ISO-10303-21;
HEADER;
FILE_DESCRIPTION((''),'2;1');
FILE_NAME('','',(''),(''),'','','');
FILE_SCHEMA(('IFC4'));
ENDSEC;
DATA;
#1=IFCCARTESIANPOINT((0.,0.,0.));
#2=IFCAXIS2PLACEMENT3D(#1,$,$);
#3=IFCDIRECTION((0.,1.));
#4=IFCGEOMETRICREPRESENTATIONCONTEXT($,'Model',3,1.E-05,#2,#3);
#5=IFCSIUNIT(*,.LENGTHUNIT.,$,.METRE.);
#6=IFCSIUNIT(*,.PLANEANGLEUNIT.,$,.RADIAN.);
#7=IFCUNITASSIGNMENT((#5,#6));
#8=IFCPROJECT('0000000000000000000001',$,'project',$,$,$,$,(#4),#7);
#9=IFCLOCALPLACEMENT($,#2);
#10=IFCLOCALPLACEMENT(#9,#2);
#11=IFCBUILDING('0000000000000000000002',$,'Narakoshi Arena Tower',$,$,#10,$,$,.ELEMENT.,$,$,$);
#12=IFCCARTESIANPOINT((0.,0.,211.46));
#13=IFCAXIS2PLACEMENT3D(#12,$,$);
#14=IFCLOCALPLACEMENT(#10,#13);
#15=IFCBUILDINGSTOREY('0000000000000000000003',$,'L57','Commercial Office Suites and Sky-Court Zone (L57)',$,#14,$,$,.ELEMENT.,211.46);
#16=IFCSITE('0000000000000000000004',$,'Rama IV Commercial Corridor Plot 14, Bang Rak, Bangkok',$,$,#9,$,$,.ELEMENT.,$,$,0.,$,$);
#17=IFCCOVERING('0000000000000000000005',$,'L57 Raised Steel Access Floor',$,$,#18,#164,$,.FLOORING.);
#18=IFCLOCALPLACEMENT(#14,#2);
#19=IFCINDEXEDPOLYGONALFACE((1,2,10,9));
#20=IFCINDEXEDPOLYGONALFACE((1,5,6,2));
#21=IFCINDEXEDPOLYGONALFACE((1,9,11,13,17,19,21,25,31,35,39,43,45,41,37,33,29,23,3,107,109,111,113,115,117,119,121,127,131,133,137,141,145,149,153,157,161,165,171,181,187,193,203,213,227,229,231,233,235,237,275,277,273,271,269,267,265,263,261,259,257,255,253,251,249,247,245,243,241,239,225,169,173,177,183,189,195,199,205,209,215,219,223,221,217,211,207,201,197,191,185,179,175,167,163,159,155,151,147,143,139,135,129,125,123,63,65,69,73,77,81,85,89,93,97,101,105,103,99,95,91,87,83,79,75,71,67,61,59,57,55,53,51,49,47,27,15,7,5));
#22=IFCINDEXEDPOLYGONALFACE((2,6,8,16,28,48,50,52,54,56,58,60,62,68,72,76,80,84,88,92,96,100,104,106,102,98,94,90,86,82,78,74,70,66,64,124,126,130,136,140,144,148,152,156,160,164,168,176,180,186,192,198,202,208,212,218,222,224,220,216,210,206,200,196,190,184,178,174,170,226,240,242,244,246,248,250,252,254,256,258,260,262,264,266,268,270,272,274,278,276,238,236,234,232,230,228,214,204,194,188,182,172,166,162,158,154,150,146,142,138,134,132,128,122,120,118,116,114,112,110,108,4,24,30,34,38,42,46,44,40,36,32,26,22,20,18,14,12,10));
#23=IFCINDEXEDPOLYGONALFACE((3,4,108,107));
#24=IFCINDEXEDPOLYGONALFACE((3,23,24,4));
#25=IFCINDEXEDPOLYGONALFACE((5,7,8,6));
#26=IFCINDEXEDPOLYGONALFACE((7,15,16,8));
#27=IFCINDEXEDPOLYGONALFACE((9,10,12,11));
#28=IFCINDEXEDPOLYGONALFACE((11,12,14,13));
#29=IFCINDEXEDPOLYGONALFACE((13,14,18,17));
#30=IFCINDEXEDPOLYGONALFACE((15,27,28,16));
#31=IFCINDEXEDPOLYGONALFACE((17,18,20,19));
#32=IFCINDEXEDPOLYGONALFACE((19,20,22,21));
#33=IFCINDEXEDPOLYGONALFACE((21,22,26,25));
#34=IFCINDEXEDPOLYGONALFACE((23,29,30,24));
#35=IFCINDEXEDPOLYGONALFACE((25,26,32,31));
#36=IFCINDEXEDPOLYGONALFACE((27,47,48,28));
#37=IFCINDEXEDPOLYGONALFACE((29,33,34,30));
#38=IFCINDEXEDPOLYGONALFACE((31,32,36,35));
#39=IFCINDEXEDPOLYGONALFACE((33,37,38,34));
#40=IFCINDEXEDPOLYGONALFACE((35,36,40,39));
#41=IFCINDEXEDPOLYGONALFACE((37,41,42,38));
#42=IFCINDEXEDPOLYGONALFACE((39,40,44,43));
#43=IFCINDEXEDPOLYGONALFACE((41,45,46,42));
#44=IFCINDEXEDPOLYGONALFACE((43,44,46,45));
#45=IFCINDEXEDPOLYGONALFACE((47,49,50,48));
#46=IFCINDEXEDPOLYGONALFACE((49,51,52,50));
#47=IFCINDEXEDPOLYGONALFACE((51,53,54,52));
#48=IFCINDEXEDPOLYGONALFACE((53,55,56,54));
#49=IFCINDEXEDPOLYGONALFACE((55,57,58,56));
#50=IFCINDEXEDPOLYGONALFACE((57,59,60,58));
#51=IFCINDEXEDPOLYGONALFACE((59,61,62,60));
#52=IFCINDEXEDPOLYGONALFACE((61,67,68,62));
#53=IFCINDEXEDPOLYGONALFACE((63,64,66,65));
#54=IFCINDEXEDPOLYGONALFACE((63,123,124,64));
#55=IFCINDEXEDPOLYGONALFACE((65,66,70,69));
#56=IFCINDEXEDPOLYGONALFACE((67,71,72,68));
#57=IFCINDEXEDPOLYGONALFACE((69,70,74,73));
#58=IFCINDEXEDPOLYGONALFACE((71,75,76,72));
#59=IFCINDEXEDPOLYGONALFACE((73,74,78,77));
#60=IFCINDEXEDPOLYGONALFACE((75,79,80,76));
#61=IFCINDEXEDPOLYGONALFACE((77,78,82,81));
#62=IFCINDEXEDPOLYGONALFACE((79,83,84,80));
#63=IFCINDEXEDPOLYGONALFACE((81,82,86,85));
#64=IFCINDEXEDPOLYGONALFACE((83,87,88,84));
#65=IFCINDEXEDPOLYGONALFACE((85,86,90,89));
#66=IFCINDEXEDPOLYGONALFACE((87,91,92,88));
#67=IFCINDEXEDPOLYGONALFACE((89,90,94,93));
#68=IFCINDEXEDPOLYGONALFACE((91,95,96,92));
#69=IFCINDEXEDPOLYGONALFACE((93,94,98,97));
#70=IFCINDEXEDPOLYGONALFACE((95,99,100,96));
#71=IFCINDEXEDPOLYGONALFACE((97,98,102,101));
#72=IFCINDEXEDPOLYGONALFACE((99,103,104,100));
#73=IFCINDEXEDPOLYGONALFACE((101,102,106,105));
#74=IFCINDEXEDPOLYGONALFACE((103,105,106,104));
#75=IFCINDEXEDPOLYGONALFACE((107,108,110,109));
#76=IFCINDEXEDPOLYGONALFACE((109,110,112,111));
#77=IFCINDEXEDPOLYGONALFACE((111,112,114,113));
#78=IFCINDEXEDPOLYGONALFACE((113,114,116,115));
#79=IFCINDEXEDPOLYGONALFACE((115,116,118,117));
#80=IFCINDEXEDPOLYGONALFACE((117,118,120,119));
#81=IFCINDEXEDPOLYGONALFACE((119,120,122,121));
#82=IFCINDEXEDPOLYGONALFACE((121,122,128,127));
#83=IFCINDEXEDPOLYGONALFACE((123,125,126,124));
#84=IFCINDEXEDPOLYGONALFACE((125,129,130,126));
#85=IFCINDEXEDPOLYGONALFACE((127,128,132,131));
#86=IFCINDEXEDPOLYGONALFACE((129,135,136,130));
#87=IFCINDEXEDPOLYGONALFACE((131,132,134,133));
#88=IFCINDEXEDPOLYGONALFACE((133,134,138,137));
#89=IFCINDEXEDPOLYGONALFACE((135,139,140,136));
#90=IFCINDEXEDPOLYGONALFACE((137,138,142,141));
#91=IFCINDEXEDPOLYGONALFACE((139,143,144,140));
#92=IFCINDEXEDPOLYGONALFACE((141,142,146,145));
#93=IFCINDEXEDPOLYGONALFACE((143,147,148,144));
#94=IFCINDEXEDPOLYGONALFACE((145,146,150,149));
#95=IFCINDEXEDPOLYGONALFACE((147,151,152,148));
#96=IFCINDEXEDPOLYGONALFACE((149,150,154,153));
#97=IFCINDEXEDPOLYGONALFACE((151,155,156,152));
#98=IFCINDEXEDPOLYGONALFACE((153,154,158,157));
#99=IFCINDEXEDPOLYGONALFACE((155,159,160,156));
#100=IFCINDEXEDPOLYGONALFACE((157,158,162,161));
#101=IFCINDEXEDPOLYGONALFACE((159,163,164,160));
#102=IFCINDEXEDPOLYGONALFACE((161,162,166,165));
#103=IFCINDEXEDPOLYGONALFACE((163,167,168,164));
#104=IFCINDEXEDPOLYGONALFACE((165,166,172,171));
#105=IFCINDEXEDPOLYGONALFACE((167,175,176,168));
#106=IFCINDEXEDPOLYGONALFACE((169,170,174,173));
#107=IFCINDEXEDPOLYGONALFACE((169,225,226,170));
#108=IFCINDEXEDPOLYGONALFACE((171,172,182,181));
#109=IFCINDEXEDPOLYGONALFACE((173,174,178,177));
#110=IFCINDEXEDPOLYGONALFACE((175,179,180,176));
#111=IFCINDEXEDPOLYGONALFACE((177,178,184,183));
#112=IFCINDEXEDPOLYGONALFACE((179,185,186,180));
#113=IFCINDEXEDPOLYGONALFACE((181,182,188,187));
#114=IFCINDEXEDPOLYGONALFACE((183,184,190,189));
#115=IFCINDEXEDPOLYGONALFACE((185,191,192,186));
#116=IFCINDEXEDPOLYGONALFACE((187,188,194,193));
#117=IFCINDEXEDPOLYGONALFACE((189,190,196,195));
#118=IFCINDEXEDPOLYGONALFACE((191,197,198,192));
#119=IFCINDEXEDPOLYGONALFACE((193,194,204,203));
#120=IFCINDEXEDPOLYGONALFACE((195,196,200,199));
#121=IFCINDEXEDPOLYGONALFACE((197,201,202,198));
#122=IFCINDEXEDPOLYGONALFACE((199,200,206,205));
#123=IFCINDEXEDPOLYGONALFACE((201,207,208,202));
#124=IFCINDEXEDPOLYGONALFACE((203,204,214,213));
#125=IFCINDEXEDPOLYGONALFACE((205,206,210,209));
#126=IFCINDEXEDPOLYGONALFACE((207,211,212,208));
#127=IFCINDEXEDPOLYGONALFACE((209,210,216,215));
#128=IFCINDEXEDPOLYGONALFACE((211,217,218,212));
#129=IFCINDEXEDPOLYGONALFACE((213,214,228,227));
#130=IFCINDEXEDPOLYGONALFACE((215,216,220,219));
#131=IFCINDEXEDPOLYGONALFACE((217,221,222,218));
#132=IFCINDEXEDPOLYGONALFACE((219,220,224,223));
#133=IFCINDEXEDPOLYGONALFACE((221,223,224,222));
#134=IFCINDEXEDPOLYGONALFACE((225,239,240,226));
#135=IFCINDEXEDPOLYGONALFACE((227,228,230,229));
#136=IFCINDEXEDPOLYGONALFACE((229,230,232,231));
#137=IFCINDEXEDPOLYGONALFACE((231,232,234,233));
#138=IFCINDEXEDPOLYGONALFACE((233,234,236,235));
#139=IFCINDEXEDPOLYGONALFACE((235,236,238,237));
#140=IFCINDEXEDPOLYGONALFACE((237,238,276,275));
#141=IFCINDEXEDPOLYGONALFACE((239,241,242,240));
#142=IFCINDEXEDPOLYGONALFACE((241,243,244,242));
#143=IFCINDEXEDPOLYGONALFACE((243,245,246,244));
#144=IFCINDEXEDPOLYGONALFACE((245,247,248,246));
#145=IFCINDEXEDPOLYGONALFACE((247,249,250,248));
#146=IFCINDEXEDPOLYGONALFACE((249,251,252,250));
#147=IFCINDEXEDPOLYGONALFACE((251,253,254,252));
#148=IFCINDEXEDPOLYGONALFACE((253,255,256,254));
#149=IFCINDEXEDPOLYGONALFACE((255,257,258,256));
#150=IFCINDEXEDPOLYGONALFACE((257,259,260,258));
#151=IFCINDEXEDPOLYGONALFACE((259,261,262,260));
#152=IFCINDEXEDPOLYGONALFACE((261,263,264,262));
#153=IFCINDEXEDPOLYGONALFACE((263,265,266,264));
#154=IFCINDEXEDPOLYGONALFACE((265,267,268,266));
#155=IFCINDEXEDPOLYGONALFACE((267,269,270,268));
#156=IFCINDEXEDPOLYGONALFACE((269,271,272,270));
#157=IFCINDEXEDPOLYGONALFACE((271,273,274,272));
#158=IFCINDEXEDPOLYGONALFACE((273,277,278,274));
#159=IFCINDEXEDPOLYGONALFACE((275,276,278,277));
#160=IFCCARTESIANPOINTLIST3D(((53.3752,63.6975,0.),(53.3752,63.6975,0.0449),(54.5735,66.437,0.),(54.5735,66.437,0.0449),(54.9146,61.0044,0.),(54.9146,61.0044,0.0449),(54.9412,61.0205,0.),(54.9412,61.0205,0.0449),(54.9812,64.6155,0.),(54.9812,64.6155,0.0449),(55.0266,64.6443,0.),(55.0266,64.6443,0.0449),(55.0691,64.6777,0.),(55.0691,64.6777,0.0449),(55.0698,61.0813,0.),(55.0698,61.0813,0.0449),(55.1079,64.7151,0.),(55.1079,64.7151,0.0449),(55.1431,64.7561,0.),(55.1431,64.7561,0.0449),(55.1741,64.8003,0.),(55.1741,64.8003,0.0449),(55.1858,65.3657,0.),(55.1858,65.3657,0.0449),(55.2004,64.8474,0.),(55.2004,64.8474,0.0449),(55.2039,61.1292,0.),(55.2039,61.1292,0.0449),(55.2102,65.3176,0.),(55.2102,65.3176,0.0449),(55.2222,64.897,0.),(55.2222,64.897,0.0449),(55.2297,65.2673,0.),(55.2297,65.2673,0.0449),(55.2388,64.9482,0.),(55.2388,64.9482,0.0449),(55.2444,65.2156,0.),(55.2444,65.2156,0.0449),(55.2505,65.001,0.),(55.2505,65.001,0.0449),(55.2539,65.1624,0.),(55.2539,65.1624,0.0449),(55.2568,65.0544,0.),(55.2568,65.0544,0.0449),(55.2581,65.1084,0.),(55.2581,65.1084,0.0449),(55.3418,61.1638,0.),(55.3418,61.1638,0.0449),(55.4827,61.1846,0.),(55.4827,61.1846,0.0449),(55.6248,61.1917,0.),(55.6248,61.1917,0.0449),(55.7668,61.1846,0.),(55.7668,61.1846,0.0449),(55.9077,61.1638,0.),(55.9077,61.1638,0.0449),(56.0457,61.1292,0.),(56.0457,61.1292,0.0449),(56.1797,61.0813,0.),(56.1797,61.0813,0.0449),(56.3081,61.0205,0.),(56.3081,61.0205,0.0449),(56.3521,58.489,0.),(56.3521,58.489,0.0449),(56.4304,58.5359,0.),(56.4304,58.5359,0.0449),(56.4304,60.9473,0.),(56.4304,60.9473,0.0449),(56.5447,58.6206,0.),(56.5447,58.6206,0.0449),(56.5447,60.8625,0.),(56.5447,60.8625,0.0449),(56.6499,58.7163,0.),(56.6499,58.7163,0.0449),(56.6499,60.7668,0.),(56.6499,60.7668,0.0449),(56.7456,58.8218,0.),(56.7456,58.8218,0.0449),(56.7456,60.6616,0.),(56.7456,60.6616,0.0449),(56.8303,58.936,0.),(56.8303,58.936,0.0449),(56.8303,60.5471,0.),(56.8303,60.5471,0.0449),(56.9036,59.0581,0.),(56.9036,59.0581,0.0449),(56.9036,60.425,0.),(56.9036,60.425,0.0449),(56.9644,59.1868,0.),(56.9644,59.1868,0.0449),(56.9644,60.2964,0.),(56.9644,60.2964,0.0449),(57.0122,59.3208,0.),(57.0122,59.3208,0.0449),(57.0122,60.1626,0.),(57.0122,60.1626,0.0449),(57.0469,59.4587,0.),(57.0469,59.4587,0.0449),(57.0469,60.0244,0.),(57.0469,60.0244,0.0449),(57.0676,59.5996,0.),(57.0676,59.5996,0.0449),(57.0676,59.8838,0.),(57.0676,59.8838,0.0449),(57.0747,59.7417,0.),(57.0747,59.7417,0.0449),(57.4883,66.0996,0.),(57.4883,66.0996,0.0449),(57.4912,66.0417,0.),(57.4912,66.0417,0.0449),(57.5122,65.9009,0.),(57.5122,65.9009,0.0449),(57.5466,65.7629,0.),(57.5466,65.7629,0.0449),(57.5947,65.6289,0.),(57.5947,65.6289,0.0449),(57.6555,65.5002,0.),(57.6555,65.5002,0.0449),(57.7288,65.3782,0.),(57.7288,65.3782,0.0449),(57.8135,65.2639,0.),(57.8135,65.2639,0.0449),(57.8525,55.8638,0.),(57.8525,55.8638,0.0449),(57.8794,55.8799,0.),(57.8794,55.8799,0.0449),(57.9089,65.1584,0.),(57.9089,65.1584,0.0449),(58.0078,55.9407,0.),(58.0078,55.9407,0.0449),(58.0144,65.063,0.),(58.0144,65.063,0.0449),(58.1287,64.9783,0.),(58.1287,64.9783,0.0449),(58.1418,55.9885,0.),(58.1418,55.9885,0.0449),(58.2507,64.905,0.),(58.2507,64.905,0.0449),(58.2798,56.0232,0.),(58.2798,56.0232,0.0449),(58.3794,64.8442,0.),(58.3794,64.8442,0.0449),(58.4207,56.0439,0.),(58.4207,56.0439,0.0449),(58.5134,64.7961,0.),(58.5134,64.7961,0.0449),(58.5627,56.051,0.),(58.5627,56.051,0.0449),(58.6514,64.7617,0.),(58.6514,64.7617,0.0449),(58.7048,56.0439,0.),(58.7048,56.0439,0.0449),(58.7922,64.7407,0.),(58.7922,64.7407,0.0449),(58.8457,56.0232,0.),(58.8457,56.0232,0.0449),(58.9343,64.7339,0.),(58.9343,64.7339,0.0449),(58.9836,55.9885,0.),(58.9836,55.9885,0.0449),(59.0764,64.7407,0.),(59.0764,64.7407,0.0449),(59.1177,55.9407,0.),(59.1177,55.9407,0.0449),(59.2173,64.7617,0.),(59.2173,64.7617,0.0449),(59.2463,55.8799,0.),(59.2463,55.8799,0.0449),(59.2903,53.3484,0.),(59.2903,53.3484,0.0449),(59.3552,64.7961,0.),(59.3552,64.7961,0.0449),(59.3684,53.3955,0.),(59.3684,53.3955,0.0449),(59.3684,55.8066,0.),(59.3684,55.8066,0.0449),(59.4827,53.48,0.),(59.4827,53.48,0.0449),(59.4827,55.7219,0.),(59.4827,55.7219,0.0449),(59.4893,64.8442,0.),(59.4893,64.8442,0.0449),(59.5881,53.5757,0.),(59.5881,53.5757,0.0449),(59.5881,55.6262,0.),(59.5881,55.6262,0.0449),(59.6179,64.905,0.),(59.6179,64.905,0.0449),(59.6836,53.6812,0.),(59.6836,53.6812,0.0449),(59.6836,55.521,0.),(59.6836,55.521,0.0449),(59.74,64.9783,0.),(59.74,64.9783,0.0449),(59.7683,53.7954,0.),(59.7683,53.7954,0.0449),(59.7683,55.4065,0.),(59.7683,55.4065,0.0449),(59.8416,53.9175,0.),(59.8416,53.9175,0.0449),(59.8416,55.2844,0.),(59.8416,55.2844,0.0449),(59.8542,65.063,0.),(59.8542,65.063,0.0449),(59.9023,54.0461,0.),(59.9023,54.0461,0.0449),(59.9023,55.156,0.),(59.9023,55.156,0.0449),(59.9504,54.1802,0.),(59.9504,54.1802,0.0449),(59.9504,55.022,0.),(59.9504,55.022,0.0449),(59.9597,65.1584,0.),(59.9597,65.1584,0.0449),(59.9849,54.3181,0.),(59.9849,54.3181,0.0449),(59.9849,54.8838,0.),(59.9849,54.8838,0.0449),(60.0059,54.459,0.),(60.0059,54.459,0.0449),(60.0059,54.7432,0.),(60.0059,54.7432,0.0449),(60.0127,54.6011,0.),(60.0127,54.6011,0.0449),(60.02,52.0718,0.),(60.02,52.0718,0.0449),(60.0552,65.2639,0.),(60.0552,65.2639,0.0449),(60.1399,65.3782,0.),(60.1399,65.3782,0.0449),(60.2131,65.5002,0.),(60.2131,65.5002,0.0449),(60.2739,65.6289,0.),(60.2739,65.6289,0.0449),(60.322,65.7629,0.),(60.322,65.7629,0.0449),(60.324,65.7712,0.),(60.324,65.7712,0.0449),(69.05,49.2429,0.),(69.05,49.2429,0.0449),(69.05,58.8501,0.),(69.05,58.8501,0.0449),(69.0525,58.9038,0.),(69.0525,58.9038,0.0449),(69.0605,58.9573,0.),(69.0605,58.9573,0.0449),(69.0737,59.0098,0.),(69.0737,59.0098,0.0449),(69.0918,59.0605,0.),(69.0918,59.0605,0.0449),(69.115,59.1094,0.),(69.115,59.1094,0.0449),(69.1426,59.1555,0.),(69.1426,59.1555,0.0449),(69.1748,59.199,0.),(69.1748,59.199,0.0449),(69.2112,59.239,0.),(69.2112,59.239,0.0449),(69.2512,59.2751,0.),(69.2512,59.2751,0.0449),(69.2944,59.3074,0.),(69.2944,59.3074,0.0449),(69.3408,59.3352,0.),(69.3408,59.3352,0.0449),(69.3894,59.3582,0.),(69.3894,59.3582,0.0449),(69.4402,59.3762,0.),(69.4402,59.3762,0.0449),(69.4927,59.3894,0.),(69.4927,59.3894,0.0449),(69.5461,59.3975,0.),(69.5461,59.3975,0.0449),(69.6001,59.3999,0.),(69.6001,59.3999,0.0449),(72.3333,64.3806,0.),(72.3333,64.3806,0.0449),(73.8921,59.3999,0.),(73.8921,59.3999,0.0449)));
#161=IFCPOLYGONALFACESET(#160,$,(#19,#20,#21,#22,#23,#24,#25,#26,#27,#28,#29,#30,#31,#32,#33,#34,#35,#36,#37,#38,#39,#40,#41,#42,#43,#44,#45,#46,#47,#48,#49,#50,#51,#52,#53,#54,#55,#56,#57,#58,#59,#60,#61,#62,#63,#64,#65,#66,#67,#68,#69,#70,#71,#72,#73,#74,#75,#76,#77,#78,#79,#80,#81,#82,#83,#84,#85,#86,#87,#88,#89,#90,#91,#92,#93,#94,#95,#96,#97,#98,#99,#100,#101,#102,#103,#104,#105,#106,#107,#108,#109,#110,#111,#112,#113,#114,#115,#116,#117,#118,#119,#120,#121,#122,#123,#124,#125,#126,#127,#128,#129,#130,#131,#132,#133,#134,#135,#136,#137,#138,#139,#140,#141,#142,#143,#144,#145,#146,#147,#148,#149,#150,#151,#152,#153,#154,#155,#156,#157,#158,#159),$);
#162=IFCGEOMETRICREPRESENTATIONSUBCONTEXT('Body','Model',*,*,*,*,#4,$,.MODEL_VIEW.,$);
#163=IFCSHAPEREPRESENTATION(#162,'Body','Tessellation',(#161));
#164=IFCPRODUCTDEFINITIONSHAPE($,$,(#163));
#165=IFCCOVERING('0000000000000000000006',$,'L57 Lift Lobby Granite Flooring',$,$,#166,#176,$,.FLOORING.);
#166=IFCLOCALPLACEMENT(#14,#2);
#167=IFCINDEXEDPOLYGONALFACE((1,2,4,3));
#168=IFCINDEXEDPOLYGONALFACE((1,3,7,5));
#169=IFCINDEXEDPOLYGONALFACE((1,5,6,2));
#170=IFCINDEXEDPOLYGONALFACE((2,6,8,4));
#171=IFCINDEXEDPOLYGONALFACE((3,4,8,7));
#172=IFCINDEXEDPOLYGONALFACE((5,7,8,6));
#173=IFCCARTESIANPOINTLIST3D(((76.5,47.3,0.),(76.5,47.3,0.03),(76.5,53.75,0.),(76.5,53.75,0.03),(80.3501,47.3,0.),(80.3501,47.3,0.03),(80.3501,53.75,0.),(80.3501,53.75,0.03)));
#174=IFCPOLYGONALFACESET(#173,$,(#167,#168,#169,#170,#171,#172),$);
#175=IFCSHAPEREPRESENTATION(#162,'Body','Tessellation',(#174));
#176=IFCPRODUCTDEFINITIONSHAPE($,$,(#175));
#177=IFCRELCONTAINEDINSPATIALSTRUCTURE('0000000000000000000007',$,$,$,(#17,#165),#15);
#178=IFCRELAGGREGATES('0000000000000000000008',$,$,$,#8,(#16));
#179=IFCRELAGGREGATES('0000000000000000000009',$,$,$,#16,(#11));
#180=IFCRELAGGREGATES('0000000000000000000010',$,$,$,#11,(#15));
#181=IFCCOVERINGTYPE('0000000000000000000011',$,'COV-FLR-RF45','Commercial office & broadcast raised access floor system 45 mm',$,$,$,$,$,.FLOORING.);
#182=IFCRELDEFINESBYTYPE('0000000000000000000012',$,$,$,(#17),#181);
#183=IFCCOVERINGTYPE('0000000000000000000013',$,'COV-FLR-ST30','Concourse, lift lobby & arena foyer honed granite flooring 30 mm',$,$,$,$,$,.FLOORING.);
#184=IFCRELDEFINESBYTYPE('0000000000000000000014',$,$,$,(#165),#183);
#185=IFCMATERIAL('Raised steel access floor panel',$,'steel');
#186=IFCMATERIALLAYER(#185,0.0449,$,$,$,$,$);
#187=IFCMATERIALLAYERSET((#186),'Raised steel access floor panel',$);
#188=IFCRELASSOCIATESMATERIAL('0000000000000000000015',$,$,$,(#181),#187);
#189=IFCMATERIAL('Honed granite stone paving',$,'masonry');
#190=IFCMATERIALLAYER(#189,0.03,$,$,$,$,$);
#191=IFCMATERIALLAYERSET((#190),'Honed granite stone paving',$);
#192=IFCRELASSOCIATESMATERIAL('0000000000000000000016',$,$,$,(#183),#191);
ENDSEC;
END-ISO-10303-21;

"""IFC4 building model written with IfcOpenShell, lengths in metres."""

from ifc_helpers import new_model, si_unit, direction, frame, origin, place, context, subcontext, project, spatial, polyline, outline, extrude, material, layer, layer_set, type_object, element, save


model = new_model("IFC4")

# Units and contexts
model_context = context("Model", 3, precision=1e-05, world=origin(), true_north=direction((0.0, 1.0)))
body_context = subcontext(model_context, "Body", "Model", "MODEL_VIEW")
ifc_project = project(units=[si_unit("LENGTHUNIT", "METRE"), si_unit("PLANEANGLEUNIT", "RADIAN")], contexts=[model_context])

# Site, building, storey
site_placement = place(None, origin())
site = spatial("IfcSite", under=ifc_project, at=site_placement, Name="Rama IV Commercial Corridor Plot 14, Bang Rak, Bangkok", CompositionType="ELEMENT", RefElevation=0.0)
building_placement = place(site_placement, origin())
building = spatial("IfcBuilding", under=site, at=building_placement, Name="Narakoshi Arena Tower", CompositionType="ELEMENT")
storey_placement = place(building_placement, frame((0.0, 0.0, 211.46)))
storey = spatial("IfcBuildingStorey", under=building, at=storey_placement, Name="L57", Description="Commercial Office Suites and Sky-Court Zone (L57)", CompositionType="ELEMENT", Elevation=211.46)

# Coverings
ifc_material_1 = material(Name="Raised steel access floor panel", Category="steel")
ifc_layer_1 = layer(ifc_material_1, 0.0449)
ifc_layer_set_1 = layer_set([ifc_layer_1], Name="Raised steel access floor panel")
covering_type_1 = type_object("IfcCoveringType", Name="COV-FLR-RF45", Description="Commercial office & broadcast raised access floor system 45 mm", PredefinedType="FLOORING", material=ifc_layer_set_1)
covering_1_placement = place(storey_placement, origin())
element("IfcCovering", 1, at=covering_1_placement, inside=storey, type_object=covering_type_1, Name="L57 Raised Steel Access Floor", PredefinedType="FLOORING", context=body_context, shape_type="SweptSolid", body=[
    extrude(outline(polyline([(54.9812, 64.6155), (55.0266, 64.6443), (55.0691, 64.6777), (55.1079, 64.7151), (55.1431, 64.7561), (55.1741, 64.8003), (55.2004, 64.8474), (55.2222, 64.897), (55.2388, 64.9482), (55.2505, 65.001), (55.2568, 65.0544), (55.2581, 65.1084), (55.2539, 65.1624), (55.2444, 65.2156), (55.2297, 65.2673), (55.2102, 65.3176), (55.1858, 65.3657), (54.5735, 66.437), (57.4883, 66.0996), (57.4912, 66.0417), (57.5122, 65.9009), (57.5466, 65.7629), (57.5947, 65.6289), (57.6555, 65.5002), (57.7288, 65.3782), (57.8135, 65.2639), (57.9089, 65.1584), (58.0144, 65.063), (58.1287, 64.9783), (58.2507, 64.905), (58.3794, 64.8442), (58.5134, 64.7961), (58.6514, 64.7617), (58.7922, 64.7407), (58.9343, 64.7339), (59.0764, 64.7407), (59.2173, 64.7617), (59.3552, 64.7961), (59.4893, 64.8442), (59.6179, 64.905), (59.74, 64.9783), (59.8542, 65.063), (59.9597, 65.1584), (60.0552, 65.2639), (60.1399, 65.3782), (60.2131, 65.5002), (60.2739, 65.6289), (60.322, 65.7629), (60.324, 65.7712), (72.3333, 64.3806), (73.8921, 59.3999), (69.6001, 59.3999), (69.5461, 59.3975), (69.4927, 59.3894), (69.4402, 59.3762), (69.3894, 59.3582), (69.3408, 59.3352), (69.2944, 59.3074), (69.2512, 59.2751), (69.2112, 59.239), (69.1748, 59.199), (69.1426, 59.1555), (69.115, 59.1094), (69.0918, 59.0605), (69.0737, 59.0098), (69.0605, 58.9573), (69.0525, 58.9038), (69.05, 58.8501), (69.05, 49.2429), (60.02, 52.0718), (59.2903, 53.3484), (59.3684, 53.3955), (59.4827, 53.48), (59.5881, 53.5757), (59.6836, 53.6812), (59.7683, 53.7954), (59.8416, 53.9175), (59.9023, 54.0461), (59.9504, 54.1802), (59.9849, 54.3181), (60.0059, 54.459), (60.0127, 54.6011), (60.0059, 54.7432), (59.9849, 54.8838), (59.9504, 55.022), (59.9023, 55.156), (59.8416, 55.2844), (59.7683, 55.4065), (59.6836, 55.521), (59.5881, 55.6262), (59.4827, 55.7219), (59.3684, 55.8066), (59.2463, 55.8799), (59.1177, 55.9407), (58.9836, 55.9885), (58.8457, 56.0232), (58.7048, 56.0439), (58.5627, 56.051), (58.4207, 56.0439), (58.2798, 56.0232), (58.1418, 55.9885), (58.0078, 55.9407), (57.8794, 55.8799), (57.8525, 55.8638), (56.3521, 58.489), (56.4304, 58.5359), (56.5447, 58.6206), (56.6499, 58.7163), (56.7456, 58.8218), (56.8303, 58.936), (56.9036, 59.0581), (56.9644, 59.1868), (57.0122, 59.3208), (57.0469, 59.4587), (57.0676, 59.5996), (57.0747, 59.7417), (57.0676, 59.8838), (57.0469, 60.0244), (57.0122, 60.1626), (56.9644, 60.2964), (56.9036, 60.425), (56.8303, 60.5471), (56.7456, 60.6616), (56.6499, 60.7668), (56.5447, 60.8625), (56.4304, 60.9473), (56.3081, 61.0205), (56.1797, 61.0813), (56.0457, 61.1292), (55.9077, 61.1638), (55.7668, 61.1846), (55.6248, 61.1917), (55.4827, 61.1846), (55.3418, 61.1638), (55.2039, 61.1292), (55.0698, 61.0813), (54.9412, 61.0205), (54.9146, 61.0044), (53.3752, 63.6975), (54.9812, 64.6155)])), origin(), (0.0, 0.0, 1.0), 0.0449),
])
ifc_material_2 = material(Name="Honed granite stone paving", Category="masonry")
ifc_layer_2 = layer(ifc_material_2, 0.03)
ifc_layer_set_2 = layer_set([ifc_layer_2], Name="Honed granite stone paving")
covering_type_2 = type_object("IfcCoveringType", Name="COV-FLR-ST30", Description="Concourse, lift lobby & arena foyer honed granite flooring 30 mm", PredefinedType="FLOORING", material=ifc_layer_set_2)
covering_2_placement = place(storey_placement, origin())
element("IfcCovering", 2, at=covering_2_placement, inside=storey, type_object=covering_type_2, Name="L57 Lift Lobby Granite Flooring", PredefinedType="FLOORING", context=body_context, shape_type="SweptSolid", body=[
    extrude(outline(polyline([(76.5, 47.3), (80.3501, 47.3), (80.3501, 53.75), (76.5, 53.75), (76.5, 47.3)])), origin(), (0.0, 0.0, 1.0), 0.03),
])

save(model, "model.ifc")
